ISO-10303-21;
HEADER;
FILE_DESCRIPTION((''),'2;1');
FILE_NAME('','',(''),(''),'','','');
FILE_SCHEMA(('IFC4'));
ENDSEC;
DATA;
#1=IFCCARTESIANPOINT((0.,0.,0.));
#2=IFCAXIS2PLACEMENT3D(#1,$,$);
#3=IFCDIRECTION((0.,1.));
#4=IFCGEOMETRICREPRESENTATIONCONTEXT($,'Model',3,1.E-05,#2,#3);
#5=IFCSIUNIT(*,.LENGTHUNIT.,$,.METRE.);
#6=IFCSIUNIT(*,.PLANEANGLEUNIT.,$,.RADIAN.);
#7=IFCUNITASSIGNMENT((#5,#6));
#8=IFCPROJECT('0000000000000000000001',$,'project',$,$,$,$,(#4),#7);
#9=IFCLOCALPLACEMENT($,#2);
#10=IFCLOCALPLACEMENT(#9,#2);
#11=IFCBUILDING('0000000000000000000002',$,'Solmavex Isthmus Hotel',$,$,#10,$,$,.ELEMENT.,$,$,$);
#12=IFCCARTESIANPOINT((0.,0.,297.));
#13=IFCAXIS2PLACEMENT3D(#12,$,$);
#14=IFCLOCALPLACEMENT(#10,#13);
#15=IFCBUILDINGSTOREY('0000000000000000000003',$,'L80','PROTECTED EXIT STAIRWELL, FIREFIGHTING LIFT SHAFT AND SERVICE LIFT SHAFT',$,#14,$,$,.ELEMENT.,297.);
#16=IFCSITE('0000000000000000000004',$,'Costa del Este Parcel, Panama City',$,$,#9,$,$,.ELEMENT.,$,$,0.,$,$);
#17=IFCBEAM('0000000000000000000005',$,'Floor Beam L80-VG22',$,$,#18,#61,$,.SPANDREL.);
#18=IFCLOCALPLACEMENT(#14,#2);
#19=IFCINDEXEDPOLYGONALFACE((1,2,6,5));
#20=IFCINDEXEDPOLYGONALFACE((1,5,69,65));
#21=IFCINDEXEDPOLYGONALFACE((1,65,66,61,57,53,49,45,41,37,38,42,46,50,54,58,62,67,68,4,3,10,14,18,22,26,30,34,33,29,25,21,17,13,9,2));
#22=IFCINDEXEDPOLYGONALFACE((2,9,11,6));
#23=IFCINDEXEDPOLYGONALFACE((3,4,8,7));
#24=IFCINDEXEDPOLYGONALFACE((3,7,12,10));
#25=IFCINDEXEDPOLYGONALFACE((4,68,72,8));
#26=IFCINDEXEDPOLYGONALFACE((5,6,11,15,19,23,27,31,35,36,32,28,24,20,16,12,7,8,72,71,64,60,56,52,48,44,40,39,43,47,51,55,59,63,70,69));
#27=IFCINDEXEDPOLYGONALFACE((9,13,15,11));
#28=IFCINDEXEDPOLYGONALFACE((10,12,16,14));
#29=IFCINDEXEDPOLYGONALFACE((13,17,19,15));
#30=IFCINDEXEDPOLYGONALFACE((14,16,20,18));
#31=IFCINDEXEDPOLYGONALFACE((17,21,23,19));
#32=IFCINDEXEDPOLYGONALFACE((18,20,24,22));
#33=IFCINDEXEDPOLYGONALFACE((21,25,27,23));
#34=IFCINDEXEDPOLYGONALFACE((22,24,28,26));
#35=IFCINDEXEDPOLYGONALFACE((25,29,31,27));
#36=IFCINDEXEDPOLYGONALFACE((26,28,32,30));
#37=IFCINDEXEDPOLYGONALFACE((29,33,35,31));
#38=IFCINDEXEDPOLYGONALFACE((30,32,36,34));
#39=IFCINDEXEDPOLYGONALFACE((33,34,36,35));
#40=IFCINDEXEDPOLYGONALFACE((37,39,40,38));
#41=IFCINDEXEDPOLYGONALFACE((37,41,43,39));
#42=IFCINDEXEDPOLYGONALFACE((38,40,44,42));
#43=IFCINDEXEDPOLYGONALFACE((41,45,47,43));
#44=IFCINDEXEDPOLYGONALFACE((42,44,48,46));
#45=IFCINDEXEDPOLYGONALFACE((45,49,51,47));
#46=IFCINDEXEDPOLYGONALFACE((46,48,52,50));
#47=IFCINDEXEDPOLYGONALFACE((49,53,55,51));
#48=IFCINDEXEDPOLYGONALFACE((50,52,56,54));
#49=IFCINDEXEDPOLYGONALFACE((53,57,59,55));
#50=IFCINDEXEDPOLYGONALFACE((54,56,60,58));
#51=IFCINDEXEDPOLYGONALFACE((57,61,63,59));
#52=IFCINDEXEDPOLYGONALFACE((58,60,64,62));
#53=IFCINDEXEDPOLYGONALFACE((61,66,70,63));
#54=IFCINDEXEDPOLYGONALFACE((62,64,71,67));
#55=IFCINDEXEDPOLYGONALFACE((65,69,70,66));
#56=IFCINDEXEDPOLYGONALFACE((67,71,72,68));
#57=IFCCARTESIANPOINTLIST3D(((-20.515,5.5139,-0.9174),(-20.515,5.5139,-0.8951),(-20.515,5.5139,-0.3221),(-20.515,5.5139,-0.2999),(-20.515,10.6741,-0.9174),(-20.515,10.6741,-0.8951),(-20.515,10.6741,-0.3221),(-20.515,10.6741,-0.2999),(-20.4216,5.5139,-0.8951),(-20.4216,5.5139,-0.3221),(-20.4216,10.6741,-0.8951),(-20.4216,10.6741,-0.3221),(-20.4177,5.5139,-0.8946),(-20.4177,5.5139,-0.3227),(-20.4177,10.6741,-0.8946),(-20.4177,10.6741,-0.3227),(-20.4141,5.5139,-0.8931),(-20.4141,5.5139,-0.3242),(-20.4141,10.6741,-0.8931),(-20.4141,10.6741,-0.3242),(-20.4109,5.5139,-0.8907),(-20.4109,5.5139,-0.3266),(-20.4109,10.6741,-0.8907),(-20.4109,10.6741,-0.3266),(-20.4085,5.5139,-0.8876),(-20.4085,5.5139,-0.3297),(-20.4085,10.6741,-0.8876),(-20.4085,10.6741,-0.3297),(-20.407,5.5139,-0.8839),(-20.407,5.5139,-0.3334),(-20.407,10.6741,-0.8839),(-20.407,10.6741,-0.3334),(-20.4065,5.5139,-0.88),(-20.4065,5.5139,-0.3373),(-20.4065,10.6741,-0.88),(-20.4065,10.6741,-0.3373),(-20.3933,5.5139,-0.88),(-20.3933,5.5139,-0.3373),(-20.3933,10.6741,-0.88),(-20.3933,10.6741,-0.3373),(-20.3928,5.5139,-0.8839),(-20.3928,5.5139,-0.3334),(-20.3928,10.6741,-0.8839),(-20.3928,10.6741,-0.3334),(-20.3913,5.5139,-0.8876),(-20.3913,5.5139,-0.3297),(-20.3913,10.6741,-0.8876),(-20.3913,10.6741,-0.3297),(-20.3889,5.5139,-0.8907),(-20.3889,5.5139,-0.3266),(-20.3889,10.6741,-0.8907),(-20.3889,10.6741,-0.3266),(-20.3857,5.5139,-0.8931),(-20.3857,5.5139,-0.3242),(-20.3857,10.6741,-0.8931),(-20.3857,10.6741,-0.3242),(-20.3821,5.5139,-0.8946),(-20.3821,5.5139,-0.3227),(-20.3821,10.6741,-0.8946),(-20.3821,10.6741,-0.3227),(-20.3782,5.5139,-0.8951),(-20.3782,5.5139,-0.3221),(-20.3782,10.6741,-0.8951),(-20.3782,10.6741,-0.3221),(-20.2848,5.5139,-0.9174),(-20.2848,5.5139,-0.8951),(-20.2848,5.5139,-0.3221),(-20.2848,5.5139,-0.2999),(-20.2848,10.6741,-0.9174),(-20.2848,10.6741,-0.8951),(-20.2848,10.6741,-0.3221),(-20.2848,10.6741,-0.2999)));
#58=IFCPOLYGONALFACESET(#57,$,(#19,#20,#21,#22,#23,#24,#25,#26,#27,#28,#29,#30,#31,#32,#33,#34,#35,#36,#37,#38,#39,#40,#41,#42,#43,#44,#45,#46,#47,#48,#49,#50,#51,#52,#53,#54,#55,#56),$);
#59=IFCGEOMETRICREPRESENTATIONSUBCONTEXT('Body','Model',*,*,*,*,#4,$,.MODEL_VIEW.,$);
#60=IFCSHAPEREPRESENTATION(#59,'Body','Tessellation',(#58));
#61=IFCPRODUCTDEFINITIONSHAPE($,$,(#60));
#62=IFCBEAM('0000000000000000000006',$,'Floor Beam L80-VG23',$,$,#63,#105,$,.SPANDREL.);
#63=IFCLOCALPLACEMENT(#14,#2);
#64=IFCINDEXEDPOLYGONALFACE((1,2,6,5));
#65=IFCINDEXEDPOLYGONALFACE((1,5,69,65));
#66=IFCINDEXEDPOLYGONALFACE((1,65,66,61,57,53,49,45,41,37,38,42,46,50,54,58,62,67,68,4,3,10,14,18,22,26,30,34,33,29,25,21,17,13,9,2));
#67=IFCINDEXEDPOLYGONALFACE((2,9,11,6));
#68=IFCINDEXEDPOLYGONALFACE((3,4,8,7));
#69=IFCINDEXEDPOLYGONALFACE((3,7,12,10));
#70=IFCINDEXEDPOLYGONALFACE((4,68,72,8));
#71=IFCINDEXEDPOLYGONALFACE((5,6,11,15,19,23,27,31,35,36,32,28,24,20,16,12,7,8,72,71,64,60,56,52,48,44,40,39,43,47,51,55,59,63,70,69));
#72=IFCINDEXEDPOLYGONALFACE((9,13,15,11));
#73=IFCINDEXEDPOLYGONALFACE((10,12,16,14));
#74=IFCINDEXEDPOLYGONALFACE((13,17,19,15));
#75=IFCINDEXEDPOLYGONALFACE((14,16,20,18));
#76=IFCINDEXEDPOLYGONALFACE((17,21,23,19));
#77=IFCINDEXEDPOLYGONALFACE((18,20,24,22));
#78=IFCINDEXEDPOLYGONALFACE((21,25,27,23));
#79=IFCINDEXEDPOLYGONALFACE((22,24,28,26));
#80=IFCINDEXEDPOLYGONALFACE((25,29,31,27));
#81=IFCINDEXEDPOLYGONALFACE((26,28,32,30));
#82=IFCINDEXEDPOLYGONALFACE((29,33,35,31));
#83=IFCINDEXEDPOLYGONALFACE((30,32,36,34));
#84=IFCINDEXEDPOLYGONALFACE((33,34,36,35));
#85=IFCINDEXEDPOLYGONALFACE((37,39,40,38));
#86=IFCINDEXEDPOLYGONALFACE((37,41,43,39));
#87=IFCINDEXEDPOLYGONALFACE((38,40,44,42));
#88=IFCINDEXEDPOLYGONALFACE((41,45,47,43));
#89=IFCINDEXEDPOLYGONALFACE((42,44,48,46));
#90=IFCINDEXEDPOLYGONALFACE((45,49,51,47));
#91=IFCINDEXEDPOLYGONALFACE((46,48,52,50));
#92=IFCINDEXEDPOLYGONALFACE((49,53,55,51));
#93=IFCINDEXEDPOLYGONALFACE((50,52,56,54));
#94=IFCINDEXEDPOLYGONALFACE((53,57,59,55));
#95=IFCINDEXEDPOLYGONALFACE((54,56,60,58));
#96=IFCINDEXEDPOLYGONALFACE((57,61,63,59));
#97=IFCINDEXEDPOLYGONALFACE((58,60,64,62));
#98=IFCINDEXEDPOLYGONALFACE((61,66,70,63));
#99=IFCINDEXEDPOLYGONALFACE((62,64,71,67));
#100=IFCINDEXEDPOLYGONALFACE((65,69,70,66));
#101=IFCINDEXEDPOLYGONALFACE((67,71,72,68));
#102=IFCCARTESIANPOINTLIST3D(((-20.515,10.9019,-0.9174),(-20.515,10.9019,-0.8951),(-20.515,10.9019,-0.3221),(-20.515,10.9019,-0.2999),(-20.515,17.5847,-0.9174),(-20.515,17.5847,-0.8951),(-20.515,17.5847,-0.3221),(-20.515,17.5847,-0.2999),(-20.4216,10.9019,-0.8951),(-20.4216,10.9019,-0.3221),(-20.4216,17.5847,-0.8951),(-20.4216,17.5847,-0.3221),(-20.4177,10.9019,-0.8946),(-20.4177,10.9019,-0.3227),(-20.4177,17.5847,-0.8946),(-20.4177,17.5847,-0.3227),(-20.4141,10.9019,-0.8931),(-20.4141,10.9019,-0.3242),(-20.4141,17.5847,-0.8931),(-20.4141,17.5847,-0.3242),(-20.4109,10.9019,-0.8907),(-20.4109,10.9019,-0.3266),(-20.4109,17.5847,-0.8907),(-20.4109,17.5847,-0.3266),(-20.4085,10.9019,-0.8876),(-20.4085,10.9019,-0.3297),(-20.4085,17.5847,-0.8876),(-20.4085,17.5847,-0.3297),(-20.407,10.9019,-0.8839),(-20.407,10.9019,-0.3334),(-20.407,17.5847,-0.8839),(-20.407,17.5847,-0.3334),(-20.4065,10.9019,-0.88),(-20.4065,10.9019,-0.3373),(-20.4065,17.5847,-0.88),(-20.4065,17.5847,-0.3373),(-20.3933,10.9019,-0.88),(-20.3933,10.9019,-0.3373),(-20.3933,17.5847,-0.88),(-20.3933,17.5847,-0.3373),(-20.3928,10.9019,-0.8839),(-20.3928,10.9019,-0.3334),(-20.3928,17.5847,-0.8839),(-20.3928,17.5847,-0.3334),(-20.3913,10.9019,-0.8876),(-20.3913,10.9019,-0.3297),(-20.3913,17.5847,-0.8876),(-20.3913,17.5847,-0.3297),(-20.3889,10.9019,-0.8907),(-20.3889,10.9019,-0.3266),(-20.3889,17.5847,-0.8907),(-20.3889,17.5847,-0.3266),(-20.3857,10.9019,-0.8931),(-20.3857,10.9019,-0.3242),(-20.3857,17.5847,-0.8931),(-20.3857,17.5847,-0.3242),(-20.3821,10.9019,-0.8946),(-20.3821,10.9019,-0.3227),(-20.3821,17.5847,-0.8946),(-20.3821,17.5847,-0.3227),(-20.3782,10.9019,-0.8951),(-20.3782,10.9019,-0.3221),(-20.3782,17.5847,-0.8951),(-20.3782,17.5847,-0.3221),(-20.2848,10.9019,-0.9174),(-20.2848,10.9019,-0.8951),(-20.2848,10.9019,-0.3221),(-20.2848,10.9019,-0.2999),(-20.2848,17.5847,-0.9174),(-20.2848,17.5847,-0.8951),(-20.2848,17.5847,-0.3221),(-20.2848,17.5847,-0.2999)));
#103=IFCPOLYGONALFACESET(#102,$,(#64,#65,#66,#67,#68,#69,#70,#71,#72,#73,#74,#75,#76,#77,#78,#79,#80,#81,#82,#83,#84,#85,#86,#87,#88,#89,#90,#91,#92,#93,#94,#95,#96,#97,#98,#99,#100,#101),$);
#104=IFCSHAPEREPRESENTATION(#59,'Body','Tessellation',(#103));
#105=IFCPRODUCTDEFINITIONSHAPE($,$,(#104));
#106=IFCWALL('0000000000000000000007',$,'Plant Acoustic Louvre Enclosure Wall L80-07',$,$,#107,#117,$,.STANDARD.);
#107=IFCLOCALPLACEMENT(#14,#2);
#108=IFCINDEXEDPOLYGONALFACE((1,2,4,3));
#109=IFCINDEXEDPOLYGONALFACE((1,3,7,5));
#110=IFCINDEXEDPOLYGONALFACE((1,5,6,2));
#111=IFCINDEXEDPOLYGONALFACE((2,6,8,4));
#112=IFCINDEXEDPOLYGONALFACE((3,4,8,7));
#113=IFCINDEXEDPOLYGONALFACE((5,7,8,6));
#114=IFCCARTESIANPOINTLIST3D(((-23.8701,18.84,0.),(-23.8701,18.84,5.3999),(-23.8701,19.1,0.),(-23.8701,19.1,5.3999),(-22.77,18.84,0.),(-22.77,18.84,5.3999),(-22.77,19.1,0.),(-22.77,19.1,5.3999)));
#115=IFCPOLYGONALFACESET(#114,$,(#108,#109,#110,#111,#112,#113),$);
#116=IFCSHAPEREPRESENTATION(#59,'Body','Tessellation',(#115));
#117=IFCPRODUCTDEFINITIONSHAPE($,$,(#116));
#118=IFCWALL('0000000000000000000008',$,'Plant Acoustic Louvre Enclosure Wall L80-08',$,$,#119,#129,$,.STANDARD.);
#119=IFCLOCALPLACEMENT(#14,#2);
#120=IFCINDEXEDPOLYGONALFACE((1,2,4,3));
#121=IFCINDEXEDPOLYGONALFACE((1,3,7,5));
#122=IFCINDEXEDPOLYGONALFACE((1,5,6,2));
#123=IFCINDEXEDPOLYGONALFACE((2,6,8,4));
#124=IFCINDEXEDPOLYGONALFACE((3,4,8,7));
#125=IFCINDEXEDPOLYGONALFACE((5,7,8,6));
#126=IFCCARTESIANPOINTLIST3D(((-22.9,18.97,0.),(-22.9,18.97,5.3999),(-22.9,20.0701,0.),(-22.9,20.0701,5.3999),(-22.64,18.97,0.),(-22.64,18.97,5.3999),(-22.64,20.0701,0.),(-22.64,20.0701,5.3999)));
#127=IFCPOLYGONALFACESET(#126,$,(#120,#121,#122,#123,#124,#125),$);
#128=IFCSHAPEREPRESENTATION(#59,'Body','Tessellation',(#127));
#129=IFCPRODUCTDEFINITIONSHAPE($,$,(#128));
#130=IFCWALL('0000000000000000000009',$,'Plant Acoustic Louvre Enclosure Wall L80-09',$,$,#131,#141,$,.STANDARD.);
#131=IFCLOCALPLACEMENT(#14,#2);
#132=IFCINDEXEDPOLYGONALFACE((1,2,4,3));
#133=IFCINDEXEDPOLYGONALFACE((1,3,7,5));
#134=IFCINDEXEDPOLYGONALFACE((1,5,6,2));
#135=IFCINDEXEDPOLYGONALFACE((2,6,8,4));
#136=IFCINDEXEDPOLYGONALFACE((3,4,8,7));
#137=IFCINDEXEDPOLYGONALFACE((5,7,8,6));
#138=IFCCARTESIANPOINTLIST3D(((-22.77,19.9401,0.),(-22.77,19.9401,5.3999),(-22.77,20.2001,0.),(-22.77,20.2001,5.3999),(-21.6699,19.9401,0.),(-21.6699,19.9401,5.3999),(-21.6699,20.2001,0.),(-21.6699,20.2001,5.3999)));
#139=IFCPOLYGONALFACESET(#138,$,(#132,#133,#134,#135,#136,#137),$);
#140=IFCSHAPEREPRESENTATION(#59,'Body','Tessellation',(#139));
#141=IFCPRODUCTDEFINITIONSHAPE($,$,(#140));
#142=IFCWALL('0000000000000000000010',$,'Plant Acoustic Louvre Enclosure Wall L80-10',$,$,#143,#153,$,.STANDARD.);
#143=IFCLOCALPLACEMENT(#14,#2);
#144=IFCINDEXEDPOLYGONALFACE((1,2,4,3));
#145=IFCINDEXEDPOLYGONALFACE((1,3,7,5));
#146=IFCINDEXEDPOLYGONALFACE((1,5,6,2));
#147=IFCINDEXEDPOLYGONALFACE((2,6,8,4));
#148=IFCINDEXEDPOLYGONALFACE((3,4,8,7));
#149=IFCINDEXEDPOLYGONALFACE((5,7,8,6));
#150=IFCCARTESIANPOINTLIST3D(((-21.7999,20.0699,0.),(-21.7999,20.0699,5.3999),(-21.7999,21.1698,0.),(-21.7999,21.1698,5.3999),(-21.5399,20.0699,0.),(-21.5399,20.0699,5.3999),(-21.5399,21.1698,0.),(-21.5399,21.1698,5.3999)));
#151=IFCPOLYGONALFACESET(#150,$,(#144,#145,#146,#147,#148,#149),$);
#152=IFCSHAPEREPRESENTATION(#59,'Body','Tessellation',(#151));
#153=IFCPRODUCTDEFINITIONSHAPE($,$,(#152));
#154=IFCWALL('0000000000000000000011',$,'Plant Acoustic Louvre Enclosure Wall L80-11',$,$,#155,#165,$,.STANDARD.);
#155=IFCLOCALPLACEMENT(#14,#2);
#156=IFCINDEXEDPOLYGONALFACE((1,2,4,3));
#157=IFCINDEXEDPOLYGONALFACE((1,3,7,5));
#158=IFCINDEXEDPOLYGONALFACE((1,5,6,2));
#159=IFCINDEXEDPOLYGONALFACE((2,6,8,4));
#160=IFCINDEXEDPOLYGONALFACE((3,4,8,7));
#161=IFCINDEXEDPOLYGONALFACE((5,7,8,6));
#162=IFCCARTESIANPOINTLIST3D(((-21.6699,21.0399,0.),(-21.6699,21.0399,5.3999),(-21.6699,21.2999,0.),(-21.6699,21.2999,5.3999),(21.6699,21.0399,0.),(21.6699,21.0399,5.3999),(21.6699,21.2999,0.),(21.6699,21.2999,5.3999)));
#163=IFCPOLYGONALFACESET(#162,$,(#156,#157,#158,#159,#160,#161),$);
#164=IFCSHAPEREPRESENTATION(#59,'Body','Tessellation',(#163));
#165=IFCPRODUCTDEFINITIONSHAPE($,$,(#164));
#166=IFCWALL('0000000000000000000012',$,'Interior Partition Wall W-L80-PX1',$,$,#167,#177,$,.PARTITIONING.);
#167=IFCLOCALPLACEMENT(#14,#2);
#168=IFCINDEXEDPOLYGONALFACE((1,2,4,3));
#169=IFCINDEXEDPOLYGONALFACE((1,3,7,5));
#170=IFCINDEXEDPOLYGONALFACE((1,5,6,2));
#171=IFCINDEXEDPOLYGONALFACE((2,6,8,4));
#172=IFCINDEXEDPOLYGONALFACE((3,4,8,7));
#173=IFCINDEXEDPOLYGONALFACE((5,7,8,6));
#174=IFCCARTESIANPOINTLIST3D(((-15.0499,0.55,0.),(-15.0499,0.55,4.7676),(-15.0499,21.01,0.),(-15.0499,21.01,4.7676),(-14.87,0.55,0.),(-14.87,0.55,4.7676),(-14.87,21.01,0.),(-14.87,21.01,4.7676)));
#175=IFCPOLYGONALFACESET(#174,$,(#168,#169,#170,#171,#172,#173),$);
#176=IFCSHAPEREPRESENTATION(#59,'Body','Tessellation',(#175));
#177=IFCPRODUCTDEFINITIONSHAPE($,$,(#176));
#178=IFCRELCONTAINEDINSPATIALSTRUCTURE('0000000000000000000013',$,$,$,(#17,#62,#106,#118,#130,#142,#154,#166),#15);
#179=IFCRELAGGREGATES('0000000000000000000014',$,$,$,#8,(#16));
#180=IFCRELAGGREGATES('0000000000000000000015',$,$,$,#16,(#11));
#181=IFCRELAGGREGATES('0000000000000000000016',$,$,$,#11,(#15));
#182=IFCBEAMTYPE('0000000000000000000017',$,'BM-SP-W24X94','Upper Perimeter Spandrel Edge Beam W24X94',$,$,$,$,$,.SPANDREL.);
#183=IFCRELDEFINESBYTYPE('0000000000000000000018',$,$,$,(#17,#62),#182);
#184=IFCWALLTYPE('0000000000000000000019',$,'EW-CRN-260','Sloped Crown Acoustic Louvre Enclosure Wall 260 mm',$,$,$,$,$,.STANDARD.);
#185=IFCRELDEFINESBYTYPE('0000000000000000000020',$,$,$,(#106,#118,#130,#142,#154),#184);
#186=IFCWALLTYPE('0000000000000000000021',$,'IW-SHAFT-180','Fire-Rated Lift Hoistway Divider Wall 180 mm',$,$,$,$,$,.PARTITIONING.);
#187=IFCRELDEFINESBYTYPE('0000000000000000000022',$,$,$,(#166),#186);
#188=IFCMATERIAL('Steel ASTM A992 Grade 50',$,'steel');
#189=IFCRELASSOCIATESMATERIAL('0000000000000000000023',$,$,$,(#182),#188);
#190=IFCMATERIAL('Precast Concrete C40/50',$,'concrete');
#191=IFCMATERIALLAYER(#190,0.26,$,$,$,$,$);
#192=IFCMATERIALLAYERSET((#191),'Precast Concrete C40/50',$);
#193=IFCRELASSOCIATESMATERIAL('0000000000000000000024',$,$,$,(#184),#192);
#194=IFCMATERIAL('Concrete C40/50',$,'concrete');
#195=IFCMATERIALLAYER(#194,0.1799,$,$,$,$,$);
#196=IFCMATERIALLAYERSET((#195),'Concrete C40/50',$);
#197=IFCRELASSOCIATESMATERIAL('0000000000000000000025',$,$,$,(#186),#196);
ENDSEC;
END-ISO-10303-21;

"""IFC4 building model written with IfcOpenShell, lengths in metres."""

from ifc_helpers import new_model, si_unit, direction, frame, frame_2d, origin, origin_2d, place, context, subcontext, project, spatial, rectangle, i_section, extrude, material, layer, layer_set, material_profile, profile_set, type_object, element, save


model = new_model("IFC4")

# Units and contexts
model_context = context("Model", 3, precision=1e-05, world=origin(), true_north=direction((0.0, 1.0)))
body_context = subcontext(model_context, "Body", "Model", "MODEL_VIEW")
ifc_project = project(units=[si_unit("LENGTHUNIT", "METRE"), si_unit("PLANEANGLEUNIT", "RADIAN")], contexts=[model_context])

# Site, building, storey
site_placement = place(None, origin())
site = spatial("IfcSite", under=ifc_project, at=site_placement, Name="Costa del Este Parcel, Panama City", CompositionType="ELEMENT", RefElevation=0.0)
building_placement = place(site_placement, origin())
building = spatial("IfcBuilding", under=site, at=building_placement, Name="Solmavex Isthmus Hotel", CompositionType="ELEMENT")
storey_placement = place(building_placement, frame((0.0, 0.0, 297.0)))
storey = spatial("IfcBuildingStorey", under=building, at=storey_placement, Name="L80", Description="PROTECTED EXIT STAIRWELL, FIREFIGHTING LIFT SHAFT AND SERVICE LIFT SHAFT", CompositionType="ELEMENT", Elevation=297.0)

# Beams
ifc_material_1 = material(Name="Steel ASTM A992 Grade 50", Category="steel")
ifc_material_profile_1 = material_profile(ifc_material_1, i_section(OverallWidth=0.2302, OverallDepth=0.6174, WebThickness=0.0132, FlangeThickness=0.0222, FilletRadius=0.0151, at=origin_2d()), Name="W24X94")
ifc_profile_set_1 = profile_set([ifc_material_profile_1], Name="Steel ASTM A992 Grade 50")
beam_type_1 = type_object("IfcBeamType", Name="BM-SP-W24X94", Description="Upper Perimeter Spandrel Edge Beam W24X94", PredefinedType="SPANDREL", material=ifc_profile_set_1)
beam_1_placement = place(storey_placement, frame((-20.3999, 5.5139, -0.6086), z_axis=(0.0, 1.0, 0.0), x_axis=(-1.0, 0.0, 0.0)))
element("IfcBeam", 1, at=beam_1_placement, inside=storey, type_object=beam_type_1, Name="Floor Beam L80-VG22", PredefinedType="SPANDREL", context=body_context, shape_type="SweptSolid", body=[
    extrude(i_section(OverallWidth=0.2302, OverallDepth=0.6174, WebThickness=0.0132, FlangeThickness=0.0222, FilletRadius=0.0151, at=origin_2d()), origin(), (0.0, 0.0, 1.0), 5.1602),
])
beam_2_placement = place(storey_placement, frame((-20.3999, 10.9019, -0.6086), z_axis=(0.0, 1.0, 0.0), x_axis=(-1.0, 0.0, 0.0)))
element("IfcBeam", 2, at=beam_2_placement, inside=storey, type_object=beam_type_1, Name="Floor Beam L80-VG23", PredefinedType="SPANDREL", context=body_context, shape_type="SweptSolid", body=[
    extrude(i_section(OverallWidth=0.2302, OverallDepth=0.6174, WebThickness=0.0132, FlangeThickness=0.0222, FilletRadius=0.0151, at=origin_2d()), origin(), (0.0, 0.0, 1.0), 6.6829),
])

# Walls
ifc_material_2 = material(Name="Precast Concrete C40/50", Category="concrete")
ifc_layer_1 = layer(ifc_material_2, 0.26)
ifc_layer_set_1 = layer_set([ifc_layer_1], Name="Precast Concrete C40/50")
wall_type_1 = type_object("IfcWallType", Name="EW-CRN-260", Description="Sloped Crown Acoustic Louvre Enclosure Wall 260 mm", PredefinedType="STANDARD", material=ifc_layer_set_1)
for number, where, z_axis, x_axis, name in (
    (3, (-23.8701, 18.97, 0.0), (0.0, 0.0, 1.0), (1.0, 0.0, 0.0), "Plant Acoustic Louvre Enclosure Wall L80-07"),
    (4, (-22.77, 18.97, 0.0), (0.0, 0.0, 1.0), (0.0, 1.0, 0.0), "Plant Acoustic Louvre Enclosure Wall L80-08"),
    (5, (-22.77, 20.0701, 0.0), (0.0, 0.0, 1.0), (1.0, 0.0, 0.0), "Plant Acoustic Louvre Enclosure Wall L80-09"),
):
    element("IfcWall", number, at=place(storey_placement, frame(where, z_axis=z_axis, x_axis=x_axis)), inside=storey, type_object=wall_type_1, Name=name, PredefinedType="STANDARD", context=body_context, shape_type="SweptSolid", body=[
        extrude(rectangle(XDim=1.1001, YDim=0.26, at=frame_2d((0.55, 0.0))), origin(), (0.0, 0.0, 1.0), 5.3999),
    ])
wall_1_placement = place(storey_placement, frame((-21.6699, 20.0701, 0.0), z_axis=(0.0, 0.0, 1.0), x_axis=(0.0, 1.0, 0.0)))
element("IfcWall", 6, at=wall_1_placement, inside=storey, type_object=wall_type_1, Name="Plant Acoustic Louvre Enclosure Wall L80-10", PredefinedType="STANDARD", context=body_context, shape_type="SweptSolid", body=[
    extrude(rectangle(XDim=1.0999, YDim=0.26, at=frame_2d((0.5498, 0.0))), origin(), (0.0, 0.0, 1.0), 5.3999),
])
wall_2_placement = place(storey_placement, frame((-21.6699, 21.1699, 0.0), z_axis=(0.0, 0.0, 1.0), x_axis=(1.0, 0.0, 0.0)))
element("IfcWall", 7, at=wall_2_placement, inside=storey, type_object=wall_type_1, Name="Plant Acoustic Louvre Enclosure Wall L80-11", PredefinedType="STANDARD", context=body_context, shape_type="SweptSolid", body=[
    extrude(rectangle(XDim=43.3398, YDim=0.26, at=frame_2d((21.6699, 0.0))), origin(), (0.0, 0.0, 1.0), 5.3999),
])
ifc_material_3 = material(Name="Concrete C40/50", Category="concrete")
ifc_layer_2 = layer(ifc_material_3, 0.1799)
ifc_layer_set_2 = layer_set([ifc_layer_2], Name="Concrete C40/50")
wall_type_2 = type_object("IfcWallType", Name="IW-SHAFT-180", Description="Fire-Rated Lift Hoistway Divider Wall 180 mm", PredefinedType="PARTITIONING", material=ifc_layer_set_2)
wall_3_placement = place(storey_placement, frame((-14.96, 0.55, 0.0), z_axis=(0.0, 0.0, 1.0), x_axis=(0.0, 1.0, 0.0)))
element("IfcWall", 8, at=wall_3_placement, inside=storey, type_object=wall_type_2, Name="Interior Partition Wall W-L80-PX1", PredefinedType="PARTITIONING", context=body_context, shape_type="SweptSolid", body=[
    extrude(rectangle(XDim=20.46, YDim=0.1799, at=frame_2d((10.23, 0.0))), origin(), (0.0, 0.0, 1.0), 4.7676),
])

save(model, "model.ifc")
